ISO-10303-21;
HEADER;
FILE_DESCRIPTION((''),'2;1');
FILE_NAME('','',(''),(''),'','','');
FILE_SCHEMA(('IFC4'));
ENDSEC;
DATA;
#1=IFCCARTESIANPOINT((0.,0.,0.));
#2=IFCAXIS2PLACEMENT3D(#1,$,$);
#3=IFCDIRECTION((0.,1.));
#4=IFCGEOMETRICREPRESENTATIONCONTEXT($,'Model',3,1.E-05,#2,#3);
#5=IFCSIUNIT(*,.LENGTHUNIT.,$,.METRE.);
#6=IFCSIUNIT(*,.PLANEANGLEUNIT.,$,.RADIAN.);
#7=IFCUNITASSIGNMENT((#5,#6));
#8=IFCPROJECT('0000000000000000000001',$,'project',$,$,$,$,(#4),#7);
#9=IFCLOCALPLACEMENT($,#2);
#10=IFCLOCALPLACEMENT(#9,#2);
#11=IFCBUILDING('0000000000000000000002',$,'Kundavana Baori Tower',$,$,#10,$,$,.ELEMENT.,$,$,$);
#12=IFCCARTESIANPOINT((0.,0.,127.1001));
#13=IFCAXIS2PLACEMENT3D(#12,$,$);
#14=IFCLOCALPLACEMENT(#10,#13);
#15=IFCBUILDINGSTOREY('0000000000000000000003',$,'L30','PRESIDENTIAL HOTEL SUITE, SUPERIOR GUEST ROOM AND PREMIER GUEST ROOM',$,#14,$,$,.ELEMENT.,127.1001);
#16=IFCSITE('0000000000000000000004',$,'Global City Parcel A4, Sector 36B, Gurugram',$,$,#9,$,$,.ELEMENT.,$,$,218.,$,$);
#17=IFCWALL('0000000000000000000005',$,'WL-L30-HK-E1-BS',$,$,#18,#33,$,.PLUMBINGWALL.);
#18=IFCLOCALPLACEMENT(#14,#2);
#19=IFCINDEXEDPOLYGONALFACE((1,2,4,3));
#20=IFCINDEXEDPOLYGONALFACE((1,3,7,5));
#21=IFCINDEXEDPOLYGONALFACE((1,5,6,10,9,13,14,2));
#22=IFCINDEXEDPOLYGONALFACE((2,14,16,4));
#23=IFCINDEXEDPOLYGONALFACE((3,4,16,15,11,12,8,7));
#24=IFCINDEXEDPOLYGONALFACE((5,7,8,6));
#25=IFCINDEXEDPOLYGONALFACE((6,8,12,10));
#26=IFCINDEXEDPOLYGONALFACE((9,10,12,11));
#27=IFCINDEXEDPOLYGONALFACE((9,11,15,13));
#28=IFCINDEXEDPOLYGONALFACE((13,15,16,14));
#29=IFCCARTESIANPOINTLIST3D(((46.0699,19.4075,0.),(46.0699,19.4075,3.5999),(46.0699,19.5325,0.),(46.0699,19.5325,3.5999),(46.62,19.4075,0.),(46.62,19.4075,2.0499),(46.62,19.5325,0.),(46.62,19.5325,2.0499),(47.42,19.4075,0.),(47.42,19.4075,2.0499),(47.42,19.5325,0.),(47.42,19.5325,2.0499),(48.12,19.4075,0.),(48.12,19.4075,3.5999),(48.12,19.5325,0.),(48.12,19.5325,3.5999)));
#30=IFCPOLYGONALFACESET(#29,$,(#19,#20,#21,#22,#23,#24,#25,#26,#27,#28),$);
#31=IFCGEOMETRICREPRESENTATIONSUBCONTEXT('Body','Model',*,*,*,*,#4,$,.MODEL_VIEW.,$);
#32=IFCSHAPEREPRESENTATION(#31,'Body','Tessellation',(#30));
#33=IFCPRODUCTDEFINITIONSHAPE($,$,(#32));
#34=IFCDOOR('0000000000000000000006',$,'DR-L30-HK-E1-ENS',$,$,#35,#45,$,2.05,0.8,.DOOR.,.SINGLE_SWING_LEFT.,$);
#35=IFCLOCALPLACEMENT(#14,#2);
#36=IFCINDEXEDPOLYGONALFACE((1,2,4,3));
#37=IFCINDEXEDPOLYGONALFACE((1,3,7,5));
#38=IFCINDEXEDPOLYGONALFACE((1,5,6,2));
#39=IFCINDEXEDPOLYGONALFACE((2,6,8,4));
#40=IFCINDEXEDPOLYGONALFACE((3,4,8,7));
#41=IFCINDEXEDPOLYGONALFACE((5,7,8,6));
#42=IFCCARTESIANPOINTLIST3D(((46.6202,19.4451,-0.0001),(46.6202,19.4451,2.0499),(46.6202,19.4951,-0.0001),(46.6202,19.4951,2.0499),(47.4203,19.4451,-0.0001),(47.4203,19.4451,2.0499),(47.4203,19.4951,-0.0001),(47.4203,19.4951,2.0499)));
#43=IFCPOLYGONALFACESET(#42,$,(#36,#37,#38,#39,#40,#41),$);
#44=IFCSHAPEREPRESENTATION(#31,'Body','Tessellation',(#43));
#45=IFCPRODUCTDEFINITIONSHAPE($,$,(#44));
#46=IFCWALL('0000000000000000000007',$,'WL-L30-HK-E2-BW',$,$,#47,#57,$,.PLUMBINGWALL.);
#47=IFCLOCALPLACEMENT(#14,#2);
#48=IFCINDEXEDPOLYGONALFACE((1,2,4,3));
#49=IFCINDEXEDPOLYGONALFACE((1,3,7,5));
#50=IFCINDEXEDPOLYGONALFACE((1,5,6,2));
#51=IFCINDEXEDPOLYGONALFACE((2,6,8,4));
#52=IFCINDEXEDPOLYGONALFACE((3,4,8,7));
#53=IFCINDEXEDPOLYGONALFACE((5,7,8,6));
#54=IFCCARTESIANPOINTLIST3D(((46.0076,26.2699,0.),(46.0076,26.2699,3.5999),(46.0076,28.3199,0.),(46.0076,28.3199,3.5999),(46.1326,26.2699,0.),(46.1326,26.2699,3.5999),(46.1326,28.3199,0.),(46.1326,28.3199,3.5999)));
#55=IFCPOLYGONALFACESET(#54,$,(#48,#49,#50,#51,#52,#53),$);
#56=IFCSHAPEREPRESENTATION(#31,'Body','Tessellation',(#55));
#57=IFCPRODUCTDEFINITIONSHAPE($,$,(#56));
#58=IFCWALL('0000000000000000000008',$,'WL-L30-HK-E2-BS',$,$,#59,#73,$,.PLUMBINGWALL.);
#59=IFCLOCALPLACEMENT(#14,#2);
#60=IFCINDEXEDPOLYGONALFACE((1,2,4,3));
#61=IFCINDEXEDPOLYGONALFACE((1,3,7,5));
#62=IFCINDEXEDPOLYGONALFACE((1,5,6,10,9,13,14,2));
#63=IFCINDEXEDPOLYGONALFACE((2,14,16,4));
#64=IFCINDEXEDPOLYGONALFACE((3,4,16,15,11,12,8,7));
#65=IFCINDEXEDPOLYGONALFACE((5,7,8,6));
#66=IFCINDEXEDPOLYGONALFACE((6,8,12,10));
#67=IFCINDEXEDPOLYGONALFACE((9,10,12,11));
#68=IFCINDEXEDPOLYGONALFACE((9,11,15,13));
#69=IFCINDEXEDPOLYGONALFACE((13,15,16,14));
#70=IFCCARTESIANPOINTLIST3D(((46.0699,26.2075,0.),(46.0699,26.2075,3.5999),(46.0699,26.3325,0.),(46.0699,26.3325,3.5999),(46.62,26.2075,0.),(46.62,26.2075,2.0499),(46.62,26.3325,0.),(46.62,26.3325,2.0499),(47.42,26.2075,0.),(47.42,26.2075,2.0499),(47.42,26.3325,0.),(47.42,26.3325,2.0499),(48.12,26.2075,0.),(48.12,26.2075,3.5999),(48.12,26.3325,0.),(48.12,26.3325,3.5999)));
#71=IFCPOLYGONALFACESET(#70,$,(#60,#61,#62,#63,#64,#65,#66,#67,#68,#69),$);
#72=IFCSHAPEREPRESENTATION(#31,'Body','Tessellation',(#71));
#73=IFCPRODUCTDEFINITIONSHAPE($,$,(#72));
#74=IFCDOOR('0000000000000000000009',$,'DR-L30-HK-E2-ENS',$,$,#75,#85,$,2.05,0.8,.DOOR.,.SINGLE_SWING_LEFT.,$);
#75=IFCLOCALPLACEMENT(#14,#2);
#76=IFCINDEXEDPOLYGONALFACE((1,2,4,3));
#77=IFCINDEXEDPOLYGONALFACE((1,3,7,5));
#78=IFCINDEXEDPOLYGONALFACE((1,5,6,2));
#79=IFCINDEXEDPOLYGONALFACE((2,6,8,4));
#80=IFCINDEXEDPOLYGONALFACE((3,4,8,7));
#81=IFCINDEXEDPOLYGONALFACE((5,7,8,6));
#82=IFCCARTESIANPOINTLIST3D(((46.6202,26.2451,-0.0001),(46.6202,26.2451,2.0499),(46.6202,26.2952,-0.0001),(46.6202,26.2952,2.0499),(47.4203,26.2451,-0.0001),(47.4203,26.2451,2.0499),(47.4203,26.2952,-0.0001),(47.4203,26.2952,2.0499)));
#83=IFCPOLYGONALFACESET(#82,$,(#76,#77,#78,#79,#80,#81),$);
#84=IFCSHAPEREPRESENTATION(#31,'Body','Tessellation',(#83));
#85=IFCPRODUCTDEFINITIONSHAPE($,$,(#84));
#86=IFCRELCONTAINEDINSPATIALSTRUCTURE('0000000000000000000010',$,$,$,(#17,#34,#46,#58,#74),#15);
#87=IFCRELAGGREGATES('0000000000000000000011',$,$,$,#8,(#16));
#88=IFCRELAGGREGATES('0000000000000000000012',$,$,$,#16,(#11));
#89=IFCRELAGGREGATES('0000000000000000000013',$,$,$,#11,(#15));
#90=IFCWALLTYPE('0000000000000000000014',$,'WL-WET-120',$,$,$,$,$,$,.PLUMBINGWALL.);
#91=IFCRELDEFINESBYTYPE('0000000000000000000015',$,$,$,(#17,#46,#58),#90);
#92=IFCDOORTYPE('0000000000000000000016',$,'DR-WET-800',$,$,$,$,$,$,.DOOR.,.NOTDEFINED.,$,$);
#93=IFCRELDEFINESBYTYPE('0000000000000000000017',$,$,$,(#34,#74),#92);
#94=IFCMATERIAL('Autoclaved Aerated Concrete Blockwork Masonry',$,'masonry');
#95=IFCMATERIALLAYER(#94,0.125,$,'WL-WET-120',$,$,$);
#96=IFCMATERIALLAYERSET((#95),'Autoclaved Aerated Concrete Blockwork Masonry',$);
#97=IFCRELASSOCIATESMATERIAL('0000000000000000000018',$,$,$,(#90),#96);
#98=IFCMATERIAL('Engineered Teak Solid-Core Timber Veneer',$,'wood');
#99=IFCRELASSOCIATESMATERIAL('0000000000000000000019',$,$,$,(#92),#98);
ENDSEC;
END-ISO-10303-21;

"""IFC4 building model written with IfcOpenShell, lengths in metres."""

from ifc_helpers import new_model, si_unit, direction, frame, frame_2d, origin, place, context, subcontext, project, spatial, rectangle, extrude, material, layer, layer_set, type_object, element, fill, save


model = new_model("IFC4")

# Units and contexts
model_context = context("Model", 3, precision=1e-05, world=origin(), true_north=direction((0.0, 1.0)))
body_context = subcontext(model_context, "Body", "Model", "MODEL_VIEW")
ifc_project = project(units=[si_unit("LENGTHUNIT", "METRE"), si_unit("PLANEANGLEUNIT", "RADIAN")], contexts=[model_context])

# Site, building, storey
site_placement = place(None, origin())
site = spatial("IfcSite", under=ifc_project, at=site_placement, Name="Global City Parcel A4, Sector 36B, Gurugram", CompositionType="ELEMENT", RefElevation=218.0)
building_placement = place(site_placement, origin())
building = spatial("IfcBuilding", under=site, at=building_placement, Name="Kundavana Baori Tower", CompositionType="ELEMENT")
storey_placement = place(building_placement, frame((0.0, 0.0, 127.1001)))
storey = spatial("IfcBuildingStorey", under=building, at=storey_placement, Name="L30", Description="PRESIDENTIAL HOTEL SUITE, SUPERIOR GUEST ROOM AND PREMIER GUEST ROOM", CompositionType="ELEMENT", Elevation=127.1001)

# Shared definitions
ifc_material_1 = material(Name="Autoclaved Aerated Concrete Blockwork Masonry", Category="masonry")
ifc_layer_1 = layer(ifc_material_1, 0.125, Name="WL-WET-120")
ifc_layer_set_1 = layer_set([ifc_layer_1], Name="Autoclaved Aerated Concrete Blockwork Masonry")
wall_type_1 = type_object("IfcWallType", Name="WL-WET-120", PredefinedType="PLUMBINGWALL", material=ifc_layer_set_1)

# Wall, opening, door
wall_1_placement = place(storey_placement, frame((46.0701, 19.47, 0.0), z_axis=(0.0, 0.0, 1.0), x_axis=(1.0, 0.0, 0.0)))
wall_1 = element("IfcWall", 1, at=wall_1_placement, inside=storey, type_object=wall_type_1, Name="WL-L30-HK-E1-BS", PredefinedType="PLUMBINGWALL", context=body_context, shape_type="SweptSolid", body=[
    extrude(rectangle(XDim=2.05, YDim=0.125, at=frame_2d((1.0249, 0.0))), origin(), (0.0, 0.0, 1.0), 3.5999),
])
opening_1_placement = place(wall_1_placement, frame((0.55, 0.0, 0.0)))
opening_1 = element("IfcOpeningElement", 2, at=opening_1_placement, cuts=wall_1, PredefinedType="OPENING", context=body_context, shape_type="SweptSolid", body=[
    extrude(rectangle(XDim=0.8, YDim=2.05, at=frame_2d((0.3999, 1.0249))), frame((0.0, 0.0725, 0.0), z_axis=(0.0, -1.0, 0.0), x_axis=(1.0, 0.0, 0.0)), (0.0, 0.0, 1.0), 0.145),
])
ifc_material_2 = material(Name="Engineered Teak Solid-Core Timber Veneer", Category="wood")
door_type_1 = type_object("IfcDoorType", Name="DR-WET-800", OperationType="NOTDEFINED", PredefinedType="DOOR", material=ifc_material_2)
door_1_placement = place(opening_1_placement, frame((0.8, 0.0, 0.0), z_axis=(0.0, 0.0, 1.0), x_axis=(-1.0, 0.0, 0.0)))
door_1 = element("IfcDoor", 3, at=door_1_placement, inside=storey, type_object=door_type_1, Name="DR-L30-HK-E1-ENS", OperationType="SINGLE_SWING_LEFT", OverallHeight=2.05, OverallWidth=0.8, PredefinedType="DOOR", context=body_context, shape_type="SweptSolid", body=[
    extrude(rectangle(XDim=0.8, YDim=2.05, at=frame_2d((0.3999, 1.0249))), frame((0.0, 0.0249, 0.0), z_axis=(0.0, -1.0, 0.0), x_axis=(1.0, 0.0, 0.0)), (0.0, 0.0, 1.0), 0.05),
])
fill(opening_1, door_1)

# Wall
wall_2_placement = place(storey_placement, frame((46.0701, 26.27, 0.0), z_axis=(0.0, 0.0, 1.0), x_axis=(0.0, 1.0, 0.0)))
element("IfcWall", 4, at=wall_2_placement, inside=storey, type_object=wall_type_1, Name="WL-L30-HK-E2-BW", PredefinedType="PLUMBINGWALL", context=body_context, shape_type="SweptSolid", body=[
    extrude(rectangle(XDim=2.05, YDim=0.125, at=frame_2d((1.0249, 0.0))), origin(), (0.0, 0.0, 1.0), 3.5999),
])

# Wall, opening, door
wall_3_placement = place(storey_placement, frame((46.0701, 26.27, 0.0), z_axis=(0.0, 0.0, 1.0), x_axis=(1.0, 0.0, 0.0)))
wall_3 = element("IfcWall", 5, at=wall_3_placement, inside=storey, type_object=wall_type_1, Name="WL-L30-HK-E2-BS", PredefinedType="PLUMBINGWALL", context=body_context, shape_type="SweptSolid", body=[
    extrude(rectangle(XDim=2.05, YDim=0.125, at=frame_2d((1.0249, 0.0))), origin(), (0.0, 0.0, 1.0), 3.5999),
])
opening_2_placement = place(wall_3_placement, frame((0.55, 0.0, 0.0)))
opening_2 = element("IfcOpeningElement", 6, at=opening_2_placement, cuts=wall_3, PredefinedType="OPENING", context=body_context, shape_type="SweptSolid", body=[
    extrude(rectangle(XDim=0.8, YDim=2.05, at=frame_2d((0.3999, 1.0249))), frame((0.0, 0.0725, 0.0), z_axis=(0.0, -1.0, 0.0), x_axis=(1.0, 0.0, 0.0)), (0.0, 0.0, 1.0), 0.145),
])
door_2_placement = place(opening_2_placement, frame((0.8, 0.0, 0.0), z_axis=(0.0, 0.0, 1.0), x_axis=(-1.0, 0.0, 0.0)))
door_2 = element("IfcDoor", 7, at=door_2_placement, inside=storey, type_object=door_type_1, Name="DR-L30-HK-E2-ENS", OperationType="SINGLE_SWING_LEFT", OverallHeight=2.05, OverallWidth=0.8, PredefinedType="DOOR", context=body_context, shape_type="SweptSolid", body=[
    extrude(rectangle(XDim=0.8, YDim=2.05, at=frame_2d((0.3999, 1.0249))), frame((0.0, 0.0249, 0.0), z_axis=(0.0, -1.0, 0.0), x_axis=(1.0, 0.0, 0.0)), (0.0, 0.0, 1.0), 0.05),
])
fill(opening_2, door_2)

save(model, "model.ifc")
